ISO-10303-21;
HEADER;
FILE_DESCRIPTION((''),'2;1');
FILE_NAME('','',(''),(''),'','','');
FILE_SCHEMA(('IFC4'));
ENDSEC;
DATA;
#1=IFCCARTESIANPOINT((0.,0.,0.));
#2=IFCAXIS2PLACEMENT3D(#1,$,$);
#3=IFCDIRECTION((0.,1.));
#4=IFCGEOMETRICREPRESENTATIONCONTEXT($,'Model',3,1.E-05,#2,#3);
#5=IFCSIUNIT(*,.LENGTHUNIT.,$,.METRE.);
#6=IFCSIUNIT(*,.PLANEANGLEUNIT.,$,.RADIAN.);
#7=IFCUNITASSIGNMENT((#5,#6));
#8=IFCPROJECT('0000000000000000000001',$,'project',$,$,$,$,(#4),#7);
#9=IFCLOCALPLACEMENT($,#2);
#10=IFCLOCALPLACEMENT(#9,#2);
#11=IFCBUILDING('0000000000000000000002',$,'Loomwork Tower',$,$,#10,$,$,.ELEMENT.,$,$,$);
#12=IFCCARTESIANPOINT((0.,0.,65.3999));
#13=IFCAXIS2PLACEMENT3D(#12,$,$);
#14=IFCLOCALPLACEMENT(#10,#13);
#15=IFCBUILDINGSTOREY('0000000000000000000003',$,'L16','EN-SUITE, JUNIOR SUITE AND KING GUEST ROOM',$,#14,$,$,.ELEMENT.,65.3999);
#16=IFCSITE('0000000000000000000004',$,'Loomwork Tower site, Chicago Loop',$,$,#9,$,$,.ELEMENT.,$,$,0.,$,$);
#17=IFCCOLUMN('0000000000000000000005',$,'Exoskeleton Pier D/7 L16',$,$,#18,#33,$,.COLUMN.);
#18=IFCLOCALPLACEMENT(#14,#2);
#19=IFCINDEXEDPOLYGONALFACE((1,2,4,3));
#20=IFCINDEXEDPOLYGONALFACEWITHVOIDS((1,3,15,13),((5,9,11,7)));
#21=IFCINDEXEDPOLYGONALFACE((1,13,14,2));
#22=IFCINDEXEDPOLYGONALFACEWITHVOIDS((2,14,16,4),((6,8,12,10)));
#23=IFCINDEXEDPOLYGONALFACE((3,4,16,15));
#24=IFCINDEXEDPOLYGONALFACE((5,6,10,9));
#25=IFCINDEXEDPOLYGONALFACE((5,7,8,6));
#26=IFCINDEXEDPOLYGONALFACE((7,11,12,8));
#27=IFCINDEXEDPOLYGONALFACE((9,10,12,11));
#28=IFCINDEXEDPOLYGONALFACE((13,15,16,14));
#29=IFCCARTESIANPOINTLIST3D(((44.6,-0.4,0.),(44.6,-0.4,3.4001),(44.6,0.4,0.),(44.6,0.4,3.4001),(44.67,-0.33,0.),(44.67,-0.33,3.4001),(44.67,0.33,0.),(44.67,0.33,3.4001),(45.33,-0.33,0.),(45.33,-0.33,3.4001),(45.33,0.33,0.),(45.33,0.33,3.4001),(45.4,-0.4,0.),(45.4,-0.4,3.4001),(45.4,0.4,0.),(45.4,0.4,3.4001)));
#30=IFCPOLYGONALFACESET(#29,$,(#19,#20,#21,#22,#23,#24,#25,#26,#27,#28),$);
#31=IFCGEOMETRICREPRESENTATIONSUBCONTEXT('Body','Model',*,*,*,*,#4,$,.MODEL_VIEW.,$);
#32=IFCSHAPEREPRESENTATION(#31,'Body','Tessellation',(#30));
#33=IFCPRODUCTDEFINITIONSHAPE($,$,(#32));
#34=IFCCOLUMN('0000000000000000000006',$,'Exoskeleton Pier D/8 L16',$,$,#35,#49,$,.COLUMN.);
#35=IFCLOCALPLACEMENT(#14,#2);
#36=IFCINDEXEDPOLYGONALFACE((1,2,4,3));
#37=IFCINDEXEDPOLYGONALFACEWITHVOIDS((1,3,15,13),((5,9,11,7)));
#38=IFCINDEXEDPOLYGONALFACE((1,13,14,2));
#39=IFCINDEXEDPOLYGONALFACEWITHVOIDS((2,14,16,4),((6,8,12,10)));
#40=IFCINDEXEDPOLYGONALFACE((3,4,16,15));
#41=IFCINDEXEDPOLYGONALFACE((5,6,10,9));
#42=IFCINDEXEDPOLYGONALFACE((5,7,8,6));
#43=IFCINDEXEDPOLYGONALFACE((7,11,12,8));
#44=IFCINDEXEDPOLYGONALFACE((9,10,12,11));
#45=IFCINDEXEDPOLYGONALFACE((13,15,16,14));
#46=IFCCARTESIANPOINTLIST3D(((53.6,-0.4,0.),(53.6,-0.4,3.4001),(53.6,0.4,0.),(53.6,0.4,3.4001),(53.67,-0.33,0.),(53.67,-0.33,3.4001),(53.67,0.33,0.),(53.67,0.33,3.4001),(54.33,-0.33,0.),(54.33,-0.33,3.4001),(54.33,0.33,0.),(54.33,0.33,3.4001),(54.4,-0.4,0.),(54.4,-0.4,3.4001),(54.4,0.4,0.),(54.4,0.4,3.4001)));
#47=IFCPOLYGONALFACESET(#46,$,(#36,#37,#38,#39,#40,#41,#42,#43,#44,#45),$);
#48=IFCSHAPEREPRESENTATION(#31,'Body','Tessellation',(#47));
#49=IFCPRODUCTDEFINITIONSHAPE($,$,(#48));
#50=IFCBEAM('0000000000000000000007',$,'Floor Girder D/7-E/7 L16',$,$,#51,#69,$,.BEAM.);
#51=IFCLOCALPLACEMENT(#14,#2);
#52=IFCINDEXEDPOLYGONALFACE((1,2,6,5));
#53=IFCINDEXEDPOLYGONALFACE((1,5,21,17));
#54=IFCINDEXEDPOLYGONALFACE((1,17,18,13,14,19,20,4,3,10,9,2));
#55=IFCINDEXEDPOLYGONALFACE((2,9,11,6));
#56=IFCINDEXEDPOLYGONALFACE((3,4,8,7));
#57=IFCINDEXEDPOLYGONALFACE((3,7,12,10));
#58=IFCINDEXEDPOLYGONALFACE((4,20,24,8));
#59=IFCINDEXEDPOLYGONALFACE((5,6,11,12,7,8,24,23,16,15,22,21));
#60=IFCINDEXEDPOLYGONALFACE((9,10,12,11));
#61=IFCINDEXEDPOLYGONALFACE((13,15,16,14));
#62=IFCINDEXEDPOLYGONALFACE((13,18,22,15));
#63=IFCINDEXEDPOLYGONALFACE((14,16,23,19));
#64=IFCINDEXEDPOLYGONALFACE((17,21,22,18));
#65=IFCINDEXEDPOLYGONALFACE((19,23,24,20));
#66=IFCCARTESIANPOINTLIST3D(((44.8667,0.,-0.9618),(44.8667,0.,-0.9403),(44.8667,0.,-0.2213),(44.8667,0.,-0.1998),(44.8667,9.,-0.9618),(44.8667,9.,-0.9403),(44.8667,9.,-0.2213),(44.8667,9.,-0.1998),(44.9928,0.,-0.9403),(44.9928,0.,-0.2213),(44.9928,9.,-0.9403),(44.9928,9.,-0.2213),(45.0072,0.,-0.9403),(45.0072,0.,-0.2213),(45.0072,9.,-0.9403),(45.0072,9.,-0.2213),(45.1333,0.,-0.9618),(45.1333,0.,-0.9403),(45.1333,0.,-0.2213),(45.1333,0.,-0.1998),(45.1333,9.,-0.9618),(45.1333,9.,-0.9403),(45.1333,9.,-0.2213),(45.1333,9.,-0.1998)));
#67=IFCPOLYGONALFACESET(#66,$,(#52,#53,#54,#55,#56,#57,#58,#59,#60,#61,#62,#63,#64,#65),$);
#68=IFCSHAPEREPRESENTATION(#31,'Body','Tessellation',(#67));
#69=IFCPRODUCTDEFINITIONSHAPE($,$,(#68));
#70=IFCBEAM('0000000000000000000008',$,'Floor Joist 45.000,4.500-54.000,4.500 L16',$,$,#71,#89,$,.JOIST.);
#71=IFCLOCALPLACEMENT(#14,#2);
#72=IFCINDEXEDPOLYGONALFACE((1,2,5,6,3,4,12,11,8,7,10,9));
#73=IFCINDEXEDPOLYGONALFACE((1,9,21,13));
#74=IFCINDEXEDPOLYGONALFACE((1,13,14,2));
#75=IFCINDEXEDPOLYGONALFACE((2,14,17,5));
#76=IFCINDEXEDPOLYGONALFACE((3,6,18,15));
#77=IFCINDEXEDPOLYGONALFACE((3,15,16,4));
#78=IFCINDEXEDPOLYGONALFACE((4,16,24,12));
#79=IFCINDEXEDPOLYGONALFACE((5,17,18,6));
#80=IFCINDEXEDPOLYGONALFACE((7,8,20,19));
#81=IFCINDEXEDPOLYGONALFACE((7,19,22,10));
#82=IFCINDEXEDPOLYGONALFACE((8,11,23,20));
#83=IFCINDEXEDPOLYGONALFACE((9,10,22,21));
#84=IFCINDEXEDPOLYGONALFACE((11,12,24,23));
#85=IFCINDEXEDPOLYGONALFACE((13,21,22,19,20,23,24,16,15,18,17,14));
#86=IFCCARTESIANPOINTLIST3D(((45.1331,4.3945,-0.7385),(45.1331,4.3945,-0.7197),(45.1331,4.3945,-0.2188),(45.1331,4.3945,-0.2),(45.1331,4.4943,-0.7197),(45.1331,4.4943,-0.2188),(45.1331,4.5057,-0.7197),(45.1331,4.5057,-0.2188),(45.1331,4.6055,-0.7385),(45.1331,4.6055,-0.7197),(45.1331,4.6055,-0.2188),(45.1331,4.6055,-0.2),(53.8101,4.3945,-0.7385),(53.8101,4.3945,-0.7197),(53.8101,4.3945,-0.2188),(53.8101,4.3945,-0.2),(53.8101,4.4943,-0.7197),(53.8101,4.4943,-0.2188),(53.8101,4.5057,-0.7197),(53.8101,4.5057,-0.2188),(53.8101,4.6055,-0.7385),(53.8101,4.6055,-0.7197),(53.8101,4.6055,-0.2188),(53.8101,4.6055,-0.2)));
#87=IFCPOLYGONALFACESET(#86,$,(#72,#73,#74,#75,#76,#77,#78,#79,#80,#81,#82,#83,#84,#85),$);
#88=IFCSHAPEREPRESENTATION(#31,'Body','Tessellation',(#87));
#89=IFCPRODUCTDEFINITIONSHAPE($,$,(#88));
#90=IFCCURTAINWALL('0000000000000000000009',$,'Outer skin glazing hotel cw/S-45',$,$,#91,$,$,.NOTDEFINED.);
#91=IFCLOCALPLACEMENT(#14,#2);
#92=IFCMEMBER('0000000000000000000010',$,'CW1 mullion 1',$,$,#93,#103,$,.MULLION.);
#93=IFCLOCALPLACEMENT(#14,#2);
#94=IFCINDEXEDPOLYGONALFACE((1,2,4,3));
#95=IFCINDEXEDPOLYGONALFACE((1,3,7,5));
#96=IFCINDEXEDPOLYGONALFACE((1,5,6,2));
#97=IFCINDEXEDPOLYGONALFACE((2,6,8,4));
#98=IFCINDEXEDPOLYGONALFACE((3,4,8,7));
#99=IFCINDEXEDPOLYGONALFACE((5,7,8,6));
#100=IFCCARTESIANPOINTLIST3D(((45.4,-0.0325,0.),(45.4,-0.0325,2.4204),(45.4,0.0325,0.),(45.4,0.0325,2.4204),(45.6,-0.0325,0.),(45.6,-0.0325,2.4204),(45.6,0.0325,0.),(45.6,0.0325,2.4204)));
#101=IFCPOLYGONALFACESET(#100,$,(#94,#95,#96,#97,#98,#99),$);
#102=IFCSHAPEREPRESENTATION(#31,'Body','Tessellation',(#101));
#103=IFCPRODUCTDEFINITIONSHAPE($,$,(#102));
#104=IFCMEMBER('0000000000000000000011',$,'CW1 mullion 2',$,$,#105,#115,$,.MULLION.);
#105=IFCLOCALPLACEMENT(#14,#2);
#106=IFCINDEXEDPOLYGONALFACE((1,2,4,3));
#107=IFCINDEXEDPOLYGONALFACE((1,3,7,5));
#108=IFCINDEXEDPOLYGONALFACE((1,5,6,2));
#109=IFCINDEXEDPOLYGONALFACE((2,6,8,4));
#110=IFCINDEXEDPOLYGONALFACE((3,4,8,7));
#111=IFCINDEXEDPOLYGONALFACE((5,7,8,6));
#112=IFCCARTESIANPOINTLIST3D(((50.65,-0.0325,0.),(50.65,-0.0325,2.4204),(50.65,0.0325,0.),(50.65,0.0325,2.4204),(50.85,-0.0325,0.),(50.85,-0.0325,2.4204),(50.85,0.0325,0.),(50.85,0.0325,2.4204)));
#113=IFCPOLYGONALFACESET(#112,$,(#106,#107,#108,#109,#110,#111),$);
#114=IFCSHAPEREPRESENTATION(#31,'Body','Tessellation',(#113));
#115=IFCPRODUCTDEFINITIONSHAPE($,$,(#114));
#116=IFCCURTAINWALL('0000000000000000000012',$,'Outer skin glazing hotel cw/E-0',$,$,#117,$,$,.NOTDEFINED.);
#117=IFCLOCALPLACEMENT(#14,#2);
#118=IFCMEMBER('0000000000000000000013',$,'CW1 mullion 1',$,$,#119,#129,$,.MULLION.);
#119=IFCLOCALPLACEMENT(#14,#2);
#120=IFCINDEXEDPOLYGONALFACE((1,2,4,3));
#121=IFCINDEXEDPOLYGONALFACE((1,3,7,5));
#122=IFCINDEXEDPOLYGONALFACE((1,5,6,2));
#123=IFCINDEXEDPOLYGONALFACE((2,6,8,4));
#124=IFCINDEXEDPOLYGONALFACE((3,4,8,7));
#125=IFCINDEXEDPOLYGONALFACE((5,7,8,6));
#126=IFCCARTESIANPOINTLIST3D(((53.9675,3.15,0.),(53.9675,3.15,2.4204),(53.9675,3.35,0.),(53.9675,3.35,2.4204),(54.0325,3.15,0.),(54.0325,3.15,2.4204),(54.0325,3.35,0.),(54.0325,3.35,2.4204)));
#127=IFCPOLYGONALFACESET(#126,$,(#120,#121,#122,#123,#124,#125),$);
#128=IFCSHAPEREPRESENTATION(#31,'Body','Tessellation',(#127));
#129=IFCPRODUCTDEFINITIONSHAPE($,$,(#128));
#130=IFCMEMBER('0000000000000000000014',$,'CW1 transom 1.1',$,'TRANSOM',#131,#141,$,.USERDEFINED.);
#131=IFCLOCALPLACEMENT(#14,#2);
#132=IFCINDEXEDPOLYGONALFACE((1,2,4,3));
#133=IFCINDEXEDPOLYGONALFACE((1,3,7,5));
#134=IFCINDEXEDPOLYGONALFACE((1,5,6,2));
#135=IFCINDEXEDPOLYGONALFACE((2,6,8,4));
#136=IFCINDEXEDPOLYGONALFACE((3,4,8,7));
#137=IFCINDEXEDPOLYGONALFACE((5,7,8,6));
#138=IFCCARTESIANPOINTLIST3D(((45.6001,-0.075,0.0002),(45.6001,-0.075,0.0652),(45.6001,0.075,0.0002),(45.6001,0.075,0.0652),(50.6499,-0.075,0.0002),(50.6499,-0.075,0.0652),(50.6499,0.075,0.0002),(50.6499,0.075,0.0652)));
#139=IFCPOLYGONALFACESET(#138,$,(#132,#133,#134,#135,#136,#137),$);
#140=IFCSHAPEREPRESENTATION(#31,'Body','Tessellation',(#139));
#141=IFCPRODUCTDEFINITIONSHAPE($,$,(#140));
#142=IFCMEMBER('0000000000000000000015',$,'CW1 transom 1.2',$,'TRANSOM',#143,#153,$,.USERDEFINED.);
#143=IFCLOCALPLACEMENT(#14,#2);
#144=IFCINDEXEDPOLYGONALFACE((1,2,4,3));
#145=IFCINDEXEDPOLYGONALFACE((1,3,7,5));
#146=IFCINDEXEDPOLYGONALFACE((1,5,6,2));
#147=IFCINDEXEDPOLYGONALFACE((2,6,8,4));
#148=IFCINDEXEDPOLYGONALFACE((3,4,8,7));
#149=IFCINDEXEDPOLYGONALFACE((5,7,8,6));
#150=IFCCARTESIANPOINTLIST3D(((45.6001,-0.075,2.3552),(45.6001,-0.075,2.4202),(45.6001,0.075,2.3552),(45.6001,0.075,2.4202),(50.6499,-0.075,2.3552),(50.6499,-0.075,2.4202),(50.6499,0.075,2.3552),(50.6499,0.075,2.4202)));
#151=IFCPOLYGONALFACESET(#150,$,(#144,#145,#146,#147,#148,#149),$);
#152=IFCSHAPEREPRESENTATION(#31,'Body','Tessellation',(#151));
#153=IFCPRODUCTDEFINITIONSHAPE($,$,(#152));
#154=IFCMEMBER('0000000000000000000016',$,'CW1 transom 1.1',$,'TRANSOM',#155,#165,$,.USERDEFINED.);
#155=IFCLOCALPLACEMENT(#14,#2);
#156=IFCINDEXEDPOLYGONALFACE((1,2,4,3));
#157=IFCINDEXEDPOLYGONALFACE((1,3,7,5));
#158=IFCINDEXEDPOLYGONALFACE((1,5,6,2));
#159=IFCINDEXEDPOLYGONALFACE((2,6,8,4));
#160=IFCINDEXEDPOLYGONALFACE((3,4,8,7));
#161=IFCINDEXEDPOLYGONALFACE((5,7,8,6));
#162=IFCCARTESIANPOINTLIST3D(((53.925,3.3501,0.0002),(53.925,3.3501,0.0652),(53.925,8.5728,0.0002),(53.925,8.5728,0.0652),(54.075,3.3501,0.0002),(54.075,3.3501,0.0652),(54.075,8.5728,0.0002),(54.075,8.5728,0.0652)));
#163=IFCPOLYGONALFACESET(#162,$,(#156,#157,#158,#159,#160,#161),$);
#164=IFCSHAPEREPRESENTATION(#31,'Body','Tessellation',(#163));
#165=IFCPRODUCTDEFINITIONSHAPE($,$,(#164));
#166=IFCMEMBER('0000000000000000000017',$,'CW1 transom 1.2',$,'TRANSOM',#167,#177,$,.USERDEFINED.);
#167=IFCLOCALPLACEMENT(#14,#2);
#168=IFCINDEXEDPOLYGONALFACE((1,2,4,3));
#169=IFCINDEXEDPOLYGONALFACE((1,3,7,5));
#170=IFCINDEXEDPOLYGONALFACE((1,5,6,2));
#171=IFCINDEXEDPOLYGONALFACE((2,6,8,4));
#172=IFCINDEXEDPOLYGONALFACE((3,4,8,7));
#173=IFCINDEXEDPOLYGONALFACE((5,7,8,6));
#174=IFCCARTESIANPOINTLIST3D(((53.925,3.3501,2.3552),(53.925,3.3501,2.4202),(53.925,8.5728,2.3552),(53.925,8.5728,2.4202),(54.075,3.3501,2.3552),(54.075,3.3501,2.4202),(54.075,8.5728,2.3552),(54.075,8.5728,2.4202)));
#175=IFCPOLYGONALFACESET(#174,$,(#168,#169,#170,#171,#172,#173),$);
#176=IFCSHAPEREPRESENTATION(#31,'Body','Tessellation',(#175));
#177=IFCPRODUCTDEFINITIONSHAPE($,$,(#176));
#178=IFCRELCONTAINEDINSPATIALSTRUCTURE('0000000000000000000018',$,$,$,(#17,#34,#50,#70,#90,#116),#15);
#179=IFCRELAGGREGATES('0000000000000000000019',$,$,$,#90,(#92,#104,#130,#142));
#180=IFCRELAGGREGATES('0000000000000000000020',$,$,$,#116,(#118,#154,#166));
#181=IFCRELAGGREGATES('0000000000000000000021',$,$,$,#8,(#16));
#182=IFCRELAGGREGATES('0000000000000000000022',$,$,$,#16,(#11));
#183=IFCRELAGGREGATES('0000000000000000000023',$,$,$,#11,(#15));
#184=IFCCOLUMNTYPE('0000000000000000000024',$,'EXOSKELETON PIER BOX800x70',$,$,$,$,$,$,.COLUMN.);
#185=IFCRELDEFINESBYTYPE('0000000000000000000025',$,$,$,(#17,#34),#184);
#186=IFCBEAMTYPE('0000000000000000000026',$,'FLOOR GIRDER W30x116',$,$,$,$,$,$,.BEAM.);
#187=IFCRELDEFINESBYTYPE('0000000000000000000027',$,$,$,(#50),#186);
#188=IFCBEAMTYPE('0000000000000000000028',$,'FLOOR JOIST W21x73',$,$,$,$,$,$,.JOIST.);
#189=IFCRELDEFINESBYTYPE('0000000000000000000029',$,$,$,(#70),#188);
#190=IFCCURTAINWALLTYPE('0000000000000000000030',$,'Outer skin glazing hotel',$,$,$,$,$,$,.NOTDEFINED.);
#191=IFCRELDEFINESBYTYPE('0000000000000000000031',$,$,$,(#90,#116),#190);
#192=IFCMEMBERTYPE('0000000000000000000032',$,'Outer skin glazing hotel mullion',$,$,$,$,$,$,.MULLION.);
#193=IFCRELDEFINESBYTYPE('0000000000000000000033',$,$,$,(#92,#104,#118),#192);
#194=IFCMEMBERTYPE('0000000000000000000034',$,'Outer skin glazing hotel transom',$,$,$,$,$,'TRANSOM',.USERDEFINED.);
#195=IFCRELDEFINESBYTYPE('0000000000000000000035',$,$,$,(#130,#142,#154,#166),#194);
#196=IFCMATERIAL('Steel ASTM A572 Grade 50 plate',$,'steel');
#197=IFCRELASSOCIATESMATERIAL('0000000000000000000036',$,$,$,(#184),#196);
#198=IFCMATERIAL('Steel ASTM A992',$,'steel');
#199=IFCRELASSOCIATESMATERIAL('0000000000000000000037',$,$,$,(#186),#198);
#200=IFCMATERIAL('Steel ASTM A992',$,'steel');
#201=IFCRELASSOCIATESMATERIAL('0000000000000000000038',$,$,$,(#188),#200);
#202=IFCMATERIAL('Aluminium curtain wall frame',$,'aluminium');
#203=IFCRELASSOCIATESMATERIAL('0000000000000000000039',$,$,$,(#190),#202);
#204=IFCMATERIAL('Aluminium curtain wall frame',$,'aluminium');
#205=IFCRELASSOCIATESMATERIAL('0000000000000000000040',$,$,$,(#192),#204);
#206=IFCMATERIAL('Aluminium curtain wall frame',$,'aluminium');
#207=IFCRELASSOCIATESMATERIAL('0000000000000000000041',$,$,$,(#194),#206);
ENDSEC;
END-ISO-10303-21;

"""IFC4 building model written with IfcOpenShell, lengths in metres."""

from ifc_helpers import new_model, si_unit, direction, frame, origin, origin_2d, place, context, subcontext, project, spatial, rectangle, hollow_rectangle, i_section, extrude, material, material_profile, profile_set, type_object, element, aggregate, save


model = new_model("IFC4")

# Units and contexts
model_context = context("Model", 3, precision=1e-05, world=origin(), true_north=direction((0.0, 1.0)))
body_context = subcontext(model_context, "Body", "Model", "MODEL_VIEW")
ifc_project = project(units=[si_unit("LENGTHUNIT", "METRE"), si_unit("PLANEANGLEUNIT", "RADIAN")], contexts=[model_context])

# Site, building, storey
site_placement = place(None, origin())
site = spatial("IfcSite", under=ifc_project, at=site_placement, Name="Loomwork Tower site, Chicago Loop", CompositionType="ELEMENT", RefElevation=0.0)
building_placement = place(site_placement, origin())
building = spatial("IfcBuilding", under=site, at=building_placement, Name="Loomwork Tower", CompositionType="ELEMENT")
storey_placement = place(building_placement, frame((0.0, 0.0, 65.3999)))
storey = spatial("IfcBuildingStorey", under=building, at=storey_placement, Name="L16", Description="EN-SUITE, JUNIOR SUITE AND KING GUEST ROOM", CompositionType="ELEMENT", Elevation=65.3999)

# Columns
ifc_material_1 = material(Name="Steel ASTM A572 Grade 50 plate", Category="steel")
ifc_material_profile_1 = material_profile(ifc_material_1, hollow_rectangle(XDim=0.8, YDim=0.8, WallThickness=0.0701, at=origin_2d()), Name="BOX800x70")
ifc_profile_set_1 = profile_set([ifc_material_profile_1], Name="Steel ASTM A572 Grade 50 plate")
column_type = type_object("IfcColumnType", Name="EXOSKELETON PIER BOX800x70", PredefinedType="COLUMN", material=ifc_profile_set_1)
for number, where, z_axis, x_axis, name in (
    (1, (45.0, 0.0, 0.0), (0.0, 0.0, 1.0), (1.0, 0.0, 0.0), "Exoskeleton Pier D/7 L16"),
    (2, (54.0, 0.0, 0.0), (0.0, 0.0, 1.0), (1.0, 0.0, 0.0), "Exoskeleton Pier D/8 L16"),
):
    element("IfcColumn", number, at=place(storey_placement, frame(where, z_axis=z_axis, x_axis=x_axis)), inside=storey, type_object=column_type, Name=name, PredefinedType="COLUMN", context=body_context, shape_type="SweptSolid", body=[
        extrude(hollow_rectangle(XDim=0.8, YDim=0.8, WallThickness=0.0701, at=origin_2d()), origin(), (0.0, 0.0, 1.0), 3.4001),
    ])

# Beams
ifc_material_2 = material(Name="Steel ASTM A992", Category="steel")
ifc_material_profile_2 = material_profile(ifc_material_2, i_section(OverallWidth=0.2666, OverallDepth=0.762, WebThickness=0.0144, FlangeThickness=0.0215, at=origin_2d()), Name="W30x116")
ifc_profile_set_2 = profile_set([ifc_material_profile_2], Name="Steel ASTM A992")
beam_type_1 = type_object("IfcBeamType", Name="FLOOR GIRDER W30x116", PredefinedType="BEAM", material=ifc_profile_set_2)
beam_1_placement = place(storey_placement, frame((45.0, 0.0, -0.5808), z_axis=(0.0, 1.0, 0.0), x_axis=(-1.0, 0.0, 0.0)))
element("IfcBeam", 3, at=beam_1_placement, inside=storey, type_object=beam_type_1, Name="Floor Girder D/7-E/7 L16", PredefinedType="BEAM", context=body_context, shape_type="SweptSolid", body=[
    extrude(i_section(OverallWidth=0.2666, OverallDepth=0.762, WebThickness=0.0144, FlangeThickness=0.0215, at=origin_2d()), origin(), (0.0, 0.0, 1.0), 9.0),
])
ifc_material_3 = material(Name="Steel ASTM A992", Category="steel")
ifc_material_profile_3 = material_profile(ifc_material_3, i_section(OverallWidth=0.2109, OverallDepth=0.5386, WebThickness=0.0115, FlangeThickness=0.0188, at=origin_2d()), Name="W21x73")
ifc_profile_set_3 = profile_set([ifc_material_profile_3], Name="Steel ASTM A992")
beam_type_2 = type_object("IfcBeamType", Name="FLOOR JOIST W21x73", PredefinedType="JOIST", material=ifc_profile_set_3)
beam_2_placement = place(storey_placement, frame((45.1331, 4.5, -0.4692), z_axis=(1.0, 0.0, 0.0), x_axis=(0.0, 1.0, 0.0)))
element("IfcBeam", 4, at=beam_2_placement, inside=storey, type_object=beam_type_2, Name="Floor Joist 45.000,4.500-54.000,4.500 L16", PredefinedType="JOIST", context=body_context, shape_type="SweptSolid", body=[
    extrude(i_section(OverallWidth=0.2109, OverallDepth=0.5386, WebThickness=0.0115, FlangeThickness=0.0188, at=origin_2d()), origin(), (0.0, 0.0, 1.0), 8.677),
])

# Curtain wall, members
ifc_material_4 = material(Name="Aluminium curtain wall frame", Category="aluminium")
curtain_wall_type = type_object("IfcCurtainWallType", Name="Outer skin glazing hotel", PredefinedType="NOTDEFINED", material=ifc_material_4)
curtain_wall_1_placement = place(storey_placement, origin())
curtain_wall_1 = element("IfcCurtainWall", 5, at=curtain_wall_1_placement, inside=storey, type_object=curtain_wall_type, Name="Outer skin glazing hotel cw/S-45", PredefinedType="NOTDEFINED")
ifc_material_5 = material(Name="Aluminium curtain wall frame", Category="aluminium")
ifc_material_profile_4 = material_profile(ifc_material_5, rectangle(XDim=0.0649, YDim=0.2, at=origin_2d()), Name="AL 65x200")
ifc_profile_set_4 = profile_set([ifc_material_profile_4], Name="Aluminium curtain wall frame")
member_type_1 = type_object("IfcMemberType", Name="Outer skin glazing hotel mullion", PredefinedType="MULLION", material=ifc_profile_set_4)
member_1_placement = place(storey_placement, frame((45.5, 0.0, 0.0), z_axis=(0.0, 0.0, 1.0), x_axis=(0.0, 1.0, 0.0)))
member_1 = element("IfcMember", 6, at=member_1_placement, type_object=member_type_1, Name="CW1 mullion 1", PredefinedType="MULLION", context=body_context, shape_type="SweptSolid", body=[
    extrude(rectangle(XDim=0.0649, YDim=0.2, at=origin_2d()), origin(), (0.0, 0.0, 1.0), 2.4204),
])
member_2_placement = place(storey_placement, frame((50.75, 0.0, 0.0), z_axis=(0.0, 0.0, 1.0), x_axis=(0.0, 1.0, 0.0)))
member_2 = element("IfcMember", 7, at=member_2_placement, type_object=member_type_1, Name="CW1 mullion 2", PredefinedType="MULLION", context=body_context, shape_type="SweptSolid", body=[
    extrude(rectangle(XDim=0.0649, YDim=0.2, at=origin_2d()), origin(), (0.0, 0.0, 1.0), 2.4204),
])

# Curtain wall, member
curtain_wall_2_placement = place(storey_placement, origin())
curtain_wall_2 = element("IfcCurtainWall", 8, at=curtain_wall_2_placement, inside=storey, type_object=curtain_wall_type, Name="Outer skin glazing hotel cw/E-0", PredefinedType="NOTDEFINED")
member_3_placement = place(storey_placement, frame((54.0, 3.25, 0.0), z_axis=(0.0, 0.0, 1.0), x_axis=(-1.0, 0.0, 0.0)))
member_3 = element("IfcMember", 9, at=member_3_placement, type_object=member_type_1, Name="CW1 mullion 1", PredefinedType="MULLION", context=body_context, shape_type="SweptSolid", body=[
    extrude(rectangle(XDim=0.0649, YDim=0.2, at=origin_2d()), origin(), (0.0, 0.0, 1.0), 2.4204),
])

# Members
ifc_material_6 = material(Name="Aluminium curtain wall frame", Category="aluminium")
ifc_material_profile_5 = material_profile(ifc_material_6, rectangle(XDim=0.1499, YDim=0.0649, at=origin_2d()), Name="AL 65x150")
ifc_profile_set_5 = profile_set([ifc_material_profile_5], Name="Aluminium curtain wall frame")
member_type_2 = type_object("IfcMemberType", Name="Outer skin glazing hotel transom", ElementType="TRANSOM", PredefinedType="USERDEFINED", material=ifc_profile_set_5)
member_4_placement = place(storey_placement, frame((45.6001, 0.0, 0.0327), z_axis=(1.0, 0.0, 0.0), x_axis=(0.0, 1.0, 0.0)))
member_4 = element("IfcMember", 10, at=member_4_placement, type_object=member_type_2, Name="CW1 transom 1.1", ObjectType="TRANSOM", PredefinedType="USERDEFINED", context=body_context, shape_type="SweptSolid", body=[
    extrude(rectangle(XDim=0.1499, YDim=0.0649, at=origin_2d()), origin(), (0.0, 0.0, 1.0), 5.0498),
])
member_5_placement = place(storey_placement, frame((45.6001, 0.0, 2.3877), z_axis=(1.0, 0.0, 0.0), x_axis=(0.0, 1.0, 0.0)))
member_5 = element("IfcMember", 11, at=member_5_placement, type_object=member_type_2, Name="CW1 transom 1.2", ObjectType="TRANSOM", PredefinedType="USERDEFINED", context=body_context, shape_type="SweptSolid", body=[
    extrude(rectangle(XDim=0.1499, YDim=0.0649, at=origin_2d()), origin(), (0.0, 0.0, 1.0), 5.0498),
])
member_6_placement = place(storey_placement, frame((54.0, 3.3501, 0.0327), z_axis=(0.0, 1.0, 0.0), x_axis=(-1.0, 0.0, 0.0)))
member_6 = element("IfcMember", 12, at=member_6_placement, type_object=member_type_2, Name="CW1 transom 1.1", ObjectType="TRANSOM", PredefinedType="USERDEFINED", context=body_context, shape_type="SweptSolid", body=[
    extrude(rectangle(XDim=0.1499, YDim=0.0649, at=origin_2d()), origin(), (0.0, 0.0, 1.0), 5.2227),
])
member_7_placement = place(storey_placement, frame((54.0, 3.3501, 2.3877), z_axis=(0.0, 1.0, 0.0), x_axis=(-1.0, 0.0, 0.0)))
member_7 = element("IfcMember", 13, at=member_7_placement, type_object=member_type_2, Name="CW1 transom 1.2", ObjectType="TRANSOM", PredefinedType="USERDEFINED", context=body_context, shape_type="SweptSolid", body=[
    extrude(rectangle(XDim=0.1499, YDim=0.0649, at=origin_2d()), origin(), (0.0, 0.0, 1.0), 5.2227),
])

aggregate(curtain_wall_1, [member_1, member_2, member_4, member_5])
aggregate(curtain_wall_2, [member_3, member_6, member_7])

save(model, "model.ifc")
